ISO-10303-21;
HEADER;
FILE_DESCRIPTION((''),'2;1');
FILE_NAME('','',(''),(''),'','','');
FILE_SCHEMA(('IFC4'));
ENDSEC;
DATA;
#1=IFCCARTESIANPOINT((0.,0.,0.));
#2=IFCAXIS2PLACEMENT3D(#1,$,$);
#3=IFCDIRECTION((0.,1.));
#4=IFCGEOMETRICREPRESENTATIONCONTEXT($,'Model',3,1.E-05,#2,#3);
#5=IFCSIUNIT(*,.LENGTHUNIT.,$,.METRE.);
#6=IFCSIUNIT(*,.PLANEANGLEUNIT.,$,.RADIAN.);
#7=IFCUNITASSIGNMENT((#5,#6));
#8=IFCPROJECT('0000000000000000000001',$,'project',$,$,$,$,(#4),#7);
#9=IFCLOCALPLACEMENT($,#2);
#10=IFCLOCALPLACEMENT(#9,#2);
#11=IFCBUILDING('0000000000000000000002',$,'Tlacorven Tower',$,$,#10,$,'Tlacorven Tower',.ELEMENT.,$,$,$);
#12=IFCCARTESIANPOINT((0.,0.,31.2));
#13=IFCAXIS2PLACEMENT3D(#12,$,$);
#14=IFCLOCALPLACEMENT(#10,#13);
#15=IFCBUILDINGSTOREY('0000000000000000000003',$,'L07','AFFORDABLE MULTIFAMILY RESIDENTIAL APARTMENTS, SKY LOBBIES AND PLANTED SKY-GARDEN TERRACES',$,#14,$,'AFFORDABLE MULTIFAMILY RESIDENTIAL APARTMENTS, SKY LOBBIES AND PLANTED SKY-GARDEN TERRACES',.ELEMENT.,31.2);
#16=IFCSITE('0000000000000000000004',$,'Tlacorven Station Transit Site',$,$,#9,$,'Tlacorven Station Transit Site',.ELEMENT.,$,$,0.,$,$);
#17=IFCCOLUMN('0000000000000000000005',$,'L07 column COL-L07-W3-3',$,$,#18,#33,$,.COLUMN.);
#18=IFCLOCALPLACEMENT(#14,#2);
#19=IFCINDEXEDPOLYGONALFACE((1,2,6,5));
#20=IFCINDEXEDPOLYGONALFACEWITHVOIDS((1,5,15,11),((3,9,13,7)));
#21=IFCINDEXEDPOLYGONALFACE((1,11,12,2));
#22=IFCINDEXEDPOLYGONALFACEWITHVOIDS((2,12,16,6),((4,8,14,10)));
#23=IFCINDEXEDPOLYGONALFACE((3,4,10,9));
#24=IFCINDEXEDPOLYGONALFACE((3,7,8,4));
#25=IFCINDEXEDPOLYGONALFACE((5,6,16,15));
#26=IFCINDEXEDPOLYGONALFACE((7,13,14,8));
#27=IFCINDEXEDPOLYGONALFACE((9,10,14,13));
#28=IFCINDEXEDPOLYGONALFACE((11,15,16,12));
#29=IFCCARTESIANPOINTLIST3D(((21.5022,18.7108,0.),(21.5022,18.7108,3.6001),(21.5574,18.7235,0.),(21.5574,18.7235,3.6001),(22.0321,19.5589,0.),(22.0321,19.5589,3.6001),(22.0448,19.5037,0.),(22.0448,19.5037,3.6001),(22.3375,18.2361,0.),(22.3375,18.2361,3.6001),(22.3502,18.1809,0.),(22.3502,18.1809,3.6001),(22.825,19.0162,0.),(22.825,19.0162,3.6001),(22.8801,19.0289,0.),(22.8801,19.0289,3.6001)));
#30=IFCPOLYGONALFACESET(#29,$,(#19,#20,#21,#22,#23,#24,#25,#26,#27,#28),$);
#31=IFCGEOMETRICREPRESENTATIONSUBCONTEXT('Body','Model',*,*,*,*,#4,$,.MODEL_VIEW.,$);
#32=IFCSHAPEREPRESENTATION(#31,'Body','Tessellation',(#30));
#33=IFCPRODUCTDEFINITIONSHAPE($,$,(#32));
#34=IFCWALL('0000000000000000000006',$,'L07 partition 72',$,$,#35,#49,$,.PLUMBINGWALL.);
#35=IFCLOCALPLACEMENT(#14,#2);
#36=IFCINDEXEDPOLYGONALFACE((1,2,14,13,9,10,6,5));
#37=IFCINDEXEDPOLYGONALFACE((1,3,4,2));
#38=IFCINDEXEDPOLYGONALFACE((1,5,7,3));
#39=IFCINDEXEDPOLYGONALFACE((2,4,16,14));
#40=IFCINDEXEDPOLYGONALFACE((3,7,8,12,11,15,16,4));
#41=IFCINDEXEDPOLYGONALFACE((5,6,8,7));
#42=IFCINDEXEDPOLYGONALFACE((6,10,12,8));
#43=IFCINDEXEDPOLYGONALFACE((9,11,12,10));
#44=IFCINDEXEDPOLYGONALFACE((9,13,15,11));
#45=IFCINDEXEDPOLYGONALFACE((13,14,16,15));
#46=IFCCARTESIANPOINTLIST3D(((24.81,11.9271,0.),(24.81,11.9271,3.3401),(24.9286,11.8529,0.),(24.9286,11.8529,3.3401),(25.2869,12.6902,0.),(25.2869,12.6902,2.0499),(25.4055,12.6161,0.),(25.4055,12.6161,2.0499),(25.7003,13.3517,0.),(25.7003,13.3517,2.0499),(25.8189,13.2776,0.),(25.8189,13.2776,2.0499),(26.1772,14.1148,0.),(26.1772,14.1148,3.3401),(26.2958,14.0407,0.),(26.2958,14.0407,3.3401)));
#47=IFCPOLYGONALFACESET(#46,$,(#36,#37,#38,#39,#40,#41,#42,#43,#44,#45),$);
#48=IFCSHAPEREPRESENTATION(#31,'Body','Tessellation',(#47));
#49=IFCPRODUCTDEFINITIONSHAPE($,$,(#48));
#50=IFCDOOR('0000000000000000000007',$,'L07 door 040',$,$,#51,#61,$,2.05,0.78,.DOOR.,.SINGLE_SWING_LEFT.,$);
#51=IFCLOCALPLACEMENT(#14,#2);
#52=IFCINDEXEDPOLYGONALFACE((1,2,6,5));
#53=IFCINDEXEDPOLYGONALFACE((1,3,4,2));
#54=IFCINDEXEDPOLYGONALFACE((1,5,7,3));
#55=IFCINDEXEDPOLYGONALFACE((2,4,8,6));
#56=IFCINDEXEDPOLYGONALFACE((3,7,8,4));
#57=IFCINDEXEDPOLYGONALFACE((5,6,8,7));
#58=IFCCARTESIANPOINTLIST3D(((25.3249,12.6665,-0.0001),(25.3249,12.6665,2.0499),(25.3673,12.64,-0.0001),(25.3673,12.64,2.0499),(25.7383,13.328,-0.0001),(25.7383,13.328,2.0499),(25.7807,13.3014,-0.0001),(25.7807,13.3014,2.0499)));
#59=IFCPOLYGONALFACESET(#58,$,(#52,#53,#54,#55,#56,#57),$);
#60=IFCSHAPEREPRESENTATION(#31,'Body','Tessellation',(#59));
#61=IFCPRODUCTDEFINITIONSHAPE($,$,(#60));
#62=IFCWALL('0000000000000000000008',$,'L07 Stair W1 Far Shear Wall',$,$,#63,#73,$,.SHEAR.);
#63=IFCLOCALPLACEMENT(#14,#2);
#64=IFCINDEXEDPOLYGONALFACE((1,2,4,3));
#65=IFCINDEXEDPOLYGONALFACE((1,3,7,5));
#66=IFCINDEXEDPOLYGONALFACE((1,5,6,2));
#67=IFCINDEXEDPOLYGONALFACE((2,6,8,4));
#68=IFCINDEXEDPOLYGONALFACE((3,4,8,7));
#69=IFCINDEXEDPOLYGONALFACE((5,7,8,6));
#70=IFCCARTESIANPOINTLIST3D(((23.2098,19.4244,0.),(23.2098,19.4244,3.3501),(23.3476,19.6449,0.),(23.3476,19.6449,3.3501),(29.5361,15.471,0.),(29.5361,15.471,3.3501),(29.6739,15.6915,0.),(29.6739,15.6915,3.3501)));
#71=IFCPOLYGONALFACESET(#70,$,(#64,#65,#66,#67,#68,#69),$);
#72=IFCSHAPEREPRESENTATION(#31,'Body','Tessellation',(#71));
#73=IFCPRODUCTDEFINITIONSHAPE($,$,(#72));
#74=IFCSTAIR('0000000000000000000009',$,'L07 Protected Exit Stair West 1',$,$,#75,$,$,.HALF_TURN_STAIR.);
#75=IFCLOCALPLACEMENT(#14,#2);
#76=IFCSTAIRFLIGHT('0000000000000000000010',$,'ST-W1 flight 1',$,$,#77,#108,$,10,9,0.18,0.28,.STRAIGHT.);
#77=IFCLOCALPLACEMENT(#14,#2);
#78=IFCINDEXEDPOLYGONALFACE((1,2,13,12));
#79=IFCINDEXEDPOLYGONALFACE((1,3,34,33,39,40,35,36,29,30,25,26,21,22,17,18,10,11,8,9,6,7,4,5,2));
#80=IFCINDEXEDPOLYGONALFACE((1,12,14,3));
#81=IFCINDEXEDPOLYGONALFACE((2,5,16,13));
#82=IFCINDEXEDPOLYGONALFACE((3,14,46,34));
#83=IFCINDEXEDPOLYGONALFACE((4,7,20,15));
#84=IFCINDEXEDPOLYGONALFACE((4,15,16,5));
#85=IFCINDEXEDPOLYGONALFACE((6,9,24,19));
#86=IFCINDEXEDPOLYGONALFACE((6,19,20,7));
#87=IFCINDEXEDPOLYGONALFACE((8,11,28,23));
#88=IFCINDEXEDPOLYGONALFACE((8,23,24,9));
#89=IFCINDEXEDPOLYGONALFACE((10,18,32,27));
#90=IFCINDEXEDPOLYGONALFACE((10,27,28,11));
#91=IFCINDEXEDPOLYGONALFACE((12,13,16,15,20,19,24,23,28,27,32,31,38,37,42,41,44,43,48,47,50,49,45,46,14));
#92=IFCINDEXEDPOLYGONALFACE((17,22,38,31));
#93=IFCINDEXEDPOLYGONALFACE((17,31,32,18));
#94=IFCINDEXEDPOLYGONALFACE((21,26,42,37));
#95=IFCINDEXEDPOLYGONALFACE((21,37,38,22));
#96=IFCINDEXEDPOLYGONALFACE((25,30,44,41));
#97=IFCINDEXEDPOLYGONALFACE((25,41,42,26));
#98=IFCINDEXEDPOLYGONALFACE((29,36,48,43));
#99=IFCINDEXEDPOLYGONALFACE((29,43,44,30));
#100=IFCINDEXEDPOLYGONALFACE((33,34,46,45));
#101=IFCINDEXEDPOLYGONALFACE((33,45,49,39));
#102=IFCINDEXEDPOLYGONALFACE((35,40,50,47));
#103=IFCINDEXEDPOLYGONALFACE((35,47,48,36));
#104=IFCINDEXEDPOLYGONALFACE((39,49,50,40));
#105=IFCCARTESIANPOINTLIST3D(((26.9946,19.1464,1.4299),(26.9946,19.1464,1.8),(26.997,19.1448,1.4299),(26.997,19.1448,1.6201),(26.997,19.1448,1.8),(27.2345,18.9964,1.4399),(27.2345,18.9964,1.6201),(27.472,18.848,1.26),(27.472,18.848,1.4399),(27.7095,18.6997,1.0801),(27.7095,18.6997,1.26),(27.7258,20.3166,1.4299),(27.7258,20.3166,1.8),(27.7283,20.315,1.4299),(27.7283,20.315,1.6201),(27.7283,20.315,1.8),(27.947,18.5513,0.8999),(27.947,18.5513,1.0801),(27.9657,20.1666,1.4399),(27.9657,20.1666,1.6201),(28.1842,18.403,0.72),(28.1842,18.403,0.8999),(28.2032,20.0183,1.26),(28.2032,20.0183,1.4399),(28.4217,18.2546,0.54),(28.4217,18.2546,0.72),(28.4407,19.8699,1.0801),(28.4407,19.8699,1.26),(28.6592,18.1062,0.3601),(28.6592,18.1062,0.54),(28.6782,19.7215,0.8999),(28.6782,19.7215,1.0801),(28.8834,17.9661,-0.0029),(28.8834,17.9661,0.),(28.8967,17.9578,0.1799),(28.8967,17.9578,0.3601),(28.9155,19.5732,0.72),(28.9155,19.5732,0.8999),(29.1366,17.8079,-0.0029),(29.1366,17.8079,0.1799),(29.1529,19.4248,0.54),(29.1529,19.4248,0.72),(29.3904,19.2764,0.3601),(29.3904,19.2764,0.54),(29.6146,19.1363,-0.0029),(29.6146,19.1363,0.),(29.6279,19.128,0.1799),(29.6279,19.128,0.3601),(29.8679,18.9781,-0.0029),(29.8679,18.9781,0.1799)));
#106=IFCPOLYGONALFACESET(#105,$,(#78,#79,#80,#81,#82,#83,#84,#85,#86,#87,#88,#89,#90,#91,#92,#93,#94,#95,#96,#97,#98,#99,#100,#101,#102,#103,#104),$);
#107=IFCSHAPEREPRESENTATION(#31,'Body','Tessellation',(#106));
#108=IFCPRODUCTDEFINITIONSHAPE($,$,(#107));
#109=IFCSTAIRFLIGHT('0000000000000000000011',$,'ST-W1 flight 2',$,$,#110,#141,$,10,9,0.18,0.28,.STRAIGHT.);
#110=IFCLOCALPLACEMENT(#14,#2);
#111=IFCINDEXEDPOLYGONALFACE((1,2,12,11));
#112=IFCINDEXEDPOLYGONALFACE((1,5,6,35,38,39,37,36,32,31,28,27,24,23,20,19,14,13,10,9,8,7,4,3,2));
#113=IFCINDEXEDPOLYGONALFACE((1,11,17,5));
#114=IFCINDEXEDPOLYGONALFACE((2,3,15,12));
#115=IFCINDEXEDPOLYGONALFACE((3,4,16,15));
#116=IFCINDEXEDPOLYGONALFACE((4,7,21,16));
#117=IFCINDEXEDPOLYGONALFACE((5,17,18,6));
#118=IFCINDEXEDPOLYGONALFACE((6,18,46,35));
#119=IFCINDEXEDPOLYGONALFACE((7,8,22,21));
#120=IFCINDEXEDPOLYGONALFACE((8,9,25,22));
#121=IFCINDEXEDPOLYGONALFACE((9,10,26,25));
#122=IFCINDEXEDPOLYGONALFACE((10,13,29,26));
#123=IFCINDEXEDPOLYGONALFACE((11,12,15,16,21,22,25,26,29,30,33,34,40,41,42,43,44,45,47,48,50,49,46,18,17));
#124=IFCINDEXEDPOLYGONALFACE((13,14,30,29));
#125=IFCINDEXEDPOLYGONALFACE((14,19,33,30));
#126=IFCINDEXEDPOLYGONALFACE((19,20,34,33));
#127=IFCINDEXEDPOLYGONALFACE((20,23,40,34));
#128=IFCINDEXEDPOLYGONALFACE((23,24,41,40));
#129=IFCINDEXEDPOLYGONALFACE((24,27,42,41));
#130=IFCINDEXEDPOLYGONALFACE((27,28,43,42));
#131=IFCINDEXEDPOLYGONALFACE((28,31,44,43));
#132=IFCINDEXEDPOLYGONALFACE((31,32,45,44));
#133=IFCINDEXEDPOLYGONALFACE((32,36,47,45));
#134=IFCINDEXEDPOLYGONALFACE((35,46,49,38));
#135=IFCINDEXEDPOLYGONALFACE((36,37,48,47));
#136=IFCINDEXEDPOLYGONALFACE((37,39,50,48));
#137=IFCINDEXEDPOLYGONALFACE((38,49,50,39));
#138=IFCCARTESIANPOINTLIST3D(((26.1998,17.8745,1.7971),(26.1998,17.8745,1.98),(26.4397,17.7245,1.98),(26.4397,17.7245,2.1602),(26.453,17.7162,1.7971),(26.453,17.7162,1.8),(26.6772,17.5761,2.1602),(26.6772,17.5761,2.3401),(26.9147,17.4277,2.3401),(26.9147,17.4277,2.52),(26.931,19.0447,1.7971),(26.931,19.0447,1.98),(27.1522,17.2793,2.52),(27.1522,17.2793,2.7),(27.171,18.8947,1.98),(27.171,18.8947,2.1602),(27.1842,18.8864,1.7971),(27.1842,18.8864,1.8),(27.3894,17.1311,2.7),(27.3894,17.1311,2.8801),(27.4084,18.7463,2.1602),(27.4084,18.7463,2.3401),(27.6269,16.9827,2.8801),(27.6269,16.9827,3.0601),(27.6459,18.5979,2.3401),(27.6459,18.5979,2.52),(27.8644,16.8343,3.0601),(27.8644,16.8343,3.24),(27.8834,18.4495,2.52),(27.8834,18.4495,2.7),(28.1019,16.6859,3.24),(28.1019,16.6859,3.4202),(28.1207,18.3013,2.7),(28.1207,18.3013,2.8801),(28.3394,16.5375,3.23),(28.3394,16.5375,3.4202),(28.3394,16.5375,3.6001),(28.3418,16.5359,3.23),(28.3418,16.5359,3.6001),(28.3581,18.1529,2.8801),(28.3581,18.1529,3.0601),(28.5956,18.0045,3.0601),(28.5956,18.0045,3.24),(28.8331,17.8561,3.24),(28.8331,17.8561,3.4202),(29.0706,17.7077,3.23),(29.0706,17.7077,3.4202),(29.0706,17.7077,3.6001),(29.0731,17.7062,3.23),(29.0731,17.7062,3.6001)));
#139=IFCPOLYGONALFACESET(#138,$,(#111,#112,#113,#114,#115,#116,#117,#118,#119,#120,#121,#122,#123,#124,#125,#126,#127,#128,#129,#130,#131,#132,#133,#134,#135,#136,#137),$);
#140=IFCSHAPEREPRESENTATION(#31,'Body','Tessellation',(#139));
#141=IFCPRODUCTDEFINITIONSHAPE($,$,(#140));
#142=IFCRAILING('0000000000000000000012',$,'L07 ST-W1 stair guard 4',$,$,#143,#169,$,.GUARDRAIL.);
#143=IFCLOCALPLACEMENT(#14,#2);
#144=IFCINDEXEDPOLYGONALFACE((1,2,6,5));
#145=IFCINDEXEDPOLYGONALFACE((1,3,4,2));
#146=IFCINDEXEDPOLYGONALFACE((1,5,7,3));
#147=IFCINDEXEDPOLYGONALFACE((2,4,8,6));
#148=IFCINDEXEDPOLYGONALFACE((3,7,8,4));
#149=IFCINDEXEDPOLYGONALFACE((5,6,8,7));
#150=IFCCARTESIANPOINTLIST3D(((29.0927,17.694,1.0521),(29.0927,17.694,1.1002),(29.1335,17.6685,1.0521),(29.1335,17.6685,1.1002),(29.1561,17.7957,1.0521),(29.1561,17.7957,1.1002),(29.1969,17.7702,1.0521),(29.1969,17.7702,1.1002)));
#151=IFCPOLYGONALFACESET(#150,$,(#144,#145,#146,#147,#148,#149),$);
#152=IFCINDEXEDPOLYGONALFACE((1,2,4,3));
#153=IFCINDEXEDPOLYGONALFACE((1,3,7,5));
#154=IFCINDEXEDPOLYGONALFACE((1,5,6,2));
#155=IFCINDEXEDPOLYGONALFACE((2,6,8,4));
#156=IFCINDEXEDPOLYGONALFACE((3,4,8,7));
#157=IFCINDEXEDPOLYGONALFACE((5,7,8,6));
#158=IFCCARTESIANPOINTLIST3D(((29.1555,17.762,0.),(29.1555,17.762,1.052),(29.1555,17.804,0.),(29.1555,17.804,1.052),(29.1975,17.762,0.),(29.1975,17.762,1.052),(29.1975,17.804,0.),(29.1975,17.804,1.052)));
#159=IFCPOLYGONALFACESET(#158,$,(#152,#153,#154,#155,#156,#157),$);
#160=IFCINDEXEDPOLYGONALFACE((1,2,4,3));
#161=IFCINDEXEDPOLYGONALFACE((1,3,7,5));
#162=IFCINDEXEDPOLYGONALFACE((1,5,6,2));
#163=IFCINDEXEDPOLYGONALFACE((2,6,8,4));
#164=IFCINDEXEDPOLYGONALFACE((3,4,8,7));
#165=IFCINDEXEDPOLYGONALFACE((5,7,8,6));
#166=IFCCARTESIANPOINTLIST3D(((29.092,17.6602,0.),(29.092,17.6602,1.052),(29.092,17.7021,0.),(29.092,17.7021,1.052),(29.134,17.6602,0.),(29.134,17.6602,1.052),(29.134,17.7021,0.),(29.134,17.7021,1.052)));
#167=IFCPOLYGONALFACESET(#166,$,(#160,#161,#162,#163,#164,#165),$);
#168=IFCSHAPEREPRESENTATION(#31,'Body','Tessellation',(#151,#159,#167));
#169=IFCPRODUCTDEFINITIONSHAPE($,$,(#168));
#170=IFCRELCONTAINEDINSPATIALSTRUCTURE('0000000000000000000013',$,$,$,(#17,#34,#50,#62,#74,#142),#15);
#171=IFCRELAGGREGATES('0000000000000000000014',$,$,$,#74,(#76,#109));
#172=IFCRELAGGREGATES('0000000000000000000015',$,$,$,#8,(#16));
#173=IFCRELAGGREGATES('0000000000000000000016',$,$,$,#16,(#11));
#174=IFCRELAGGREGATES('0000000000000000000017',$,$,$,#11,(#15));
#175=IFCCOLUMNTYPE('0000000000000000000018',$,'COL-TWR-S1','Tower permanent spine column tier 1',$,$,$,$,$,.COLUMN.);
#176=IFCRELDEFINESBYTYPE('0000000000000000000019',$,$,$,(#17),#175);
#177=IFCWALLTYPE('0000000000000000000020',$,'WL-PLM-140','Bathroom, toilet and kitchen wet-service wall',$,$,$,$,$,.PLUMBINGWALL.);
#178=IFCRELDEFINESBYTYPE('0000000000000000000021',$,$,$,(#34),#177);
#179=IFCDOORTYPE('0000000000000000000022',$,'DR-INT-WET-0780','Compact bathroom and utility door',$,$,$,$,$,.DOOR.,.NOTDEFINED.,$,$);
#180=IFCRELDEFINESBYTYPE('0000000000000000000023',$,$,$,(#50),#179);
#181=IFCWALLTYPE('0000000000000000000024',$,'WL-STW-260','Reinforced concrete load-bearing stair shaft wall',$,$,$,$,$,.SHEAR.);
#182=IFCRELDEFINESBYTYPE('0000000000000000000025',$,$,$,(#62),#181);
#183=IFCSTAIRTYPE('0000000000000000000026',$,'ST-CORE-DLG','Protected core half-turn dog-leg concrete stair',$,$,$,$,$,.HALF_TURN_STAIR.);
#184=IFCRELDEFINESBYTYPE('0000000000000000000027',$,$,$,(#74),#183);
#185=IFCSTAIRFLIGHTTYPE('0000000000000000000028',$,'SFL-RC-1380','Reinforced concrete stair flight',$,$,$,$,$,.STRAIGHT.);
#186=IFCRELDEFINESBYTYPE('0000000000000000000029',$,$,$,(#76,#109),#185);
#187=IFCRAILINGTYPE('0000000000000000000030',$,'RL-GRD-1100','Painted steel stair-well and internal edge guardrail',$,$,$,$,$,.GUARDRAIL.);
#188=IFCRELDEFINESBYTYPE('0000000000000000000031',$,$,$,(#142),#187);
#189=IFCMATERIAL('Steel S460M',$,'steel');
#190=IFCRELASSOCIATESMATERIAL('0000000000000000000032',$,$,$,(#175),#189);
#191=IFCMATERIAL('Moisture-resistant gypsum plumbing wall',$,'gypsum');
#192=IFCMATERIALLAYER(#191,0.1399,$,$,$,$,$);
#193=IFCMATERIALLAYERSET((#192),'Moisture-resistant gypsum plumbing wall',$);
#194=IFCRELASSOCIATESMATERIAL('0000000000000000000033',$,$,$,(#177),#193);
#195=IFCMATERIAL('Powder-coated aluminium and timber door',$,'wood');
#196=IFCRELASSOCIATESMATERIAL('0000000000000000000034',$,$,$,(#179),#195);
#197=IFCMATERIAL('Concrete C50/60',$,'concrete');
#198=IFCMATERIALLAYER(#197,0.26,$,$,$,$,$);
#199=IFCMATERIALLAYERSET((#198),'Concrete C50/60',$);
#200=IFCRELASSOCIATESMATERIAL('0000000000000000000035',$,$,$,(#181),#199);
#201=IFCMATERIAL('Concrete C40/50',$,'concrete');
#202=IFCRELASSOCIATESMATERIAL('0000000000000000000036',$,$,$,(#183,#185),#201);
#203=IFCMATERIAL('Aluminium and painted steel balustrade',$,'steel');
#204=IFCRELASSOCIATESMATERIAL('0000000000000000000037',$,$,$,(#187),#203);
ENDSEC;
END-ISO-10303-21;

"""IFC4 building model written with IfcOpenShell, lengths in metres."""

from ifc_helpers import new_model, si_unit, direction, frame, frame_2d, origin, origin_2d, place, context, subcontext, project, spatial, polyline, rectangle, hollow_rectangle, outline, extrude, source, transform, mapped, material, layer, layer_set, material_profile, profile_set, type_object, element, fill, aggregate, save


model = new_model("IFC4")

# Units and contexts
model_context = context("Model", 3, precision=1e-05, world=origin(), true_north=direction((0.0, 1.0)))
body_context = subcontext(model_context, "Body", "Model", "MODEL_VIEW")
ifc_project = project(units=[si_unit("LENGTHUNIT", "METRE"), si_unit("PLANEANGLEUNIT", "RADIAN")], contexts=[model_context])

# Site, building, storey
site_placement = place(None, origin())
site = spatial("IfcSite", under=ifc_project, at=site_placement, Name="Tlacorven Station Transit Site", LongName="Tlacorven Station Transit Site", CompositionType="ELEMENT", RefElevation=0.0)
building_placement = place(site_placement, origin())
building = spatial("IfcBuilding", under=site, at=building_placement, Name="Tlacorven Tower", LongName="Tlacorven Tower", CompositionType="ELEMENT")
storey_placement = place(building_placement, frame((0.0, 0.0, 31.2)))
storey = spatial("IfcBuildingStorey", under=building, at=storey_placement, Name="L07", Description="AFFORDABLE MULTIFAMILY RESIDENTIAL APARTMENTS, SKY LOBBIES AND PLANTED SKY-GARDEN TERRACES", LongName="AFFORDABLE MULTIFAMILY RESIDENTIAL APARTMENTS, SKY LOBBIES AND PLANTED SKY-GARDEN TERRACES", CompositionType="ELEMENT", Elevation=31.2)

# Column
ifc_material_1 = material(Name="Steel S460M", Category="steel")
ifc_material_profile = material_profile(ifc_material_1, hollow_rectangle(XDim=1.0, YDim=1.0, WallThickness=0.04, at=origin_2d()), Name="BOX 1000X1000X40")
ifc_profile_set = profile_set([ifc_material_profile], Name="Steel S460M")
column_type = type_object("IfcColumnType", Name="COL-TWR-S1", Description="Tower permanent spine column tier 1", PredefinedType="COLUMN", material=ifc_profile_set)
shared_shape_1 = source(origin(), body_context, "Body", "SweptSolid", [
    extrude(hollow_rectangle(XDim=1.0, YDim=1.0, WallThickness=0.04, at=origin_2d()), origin(), (0.0, 0.0, 1.0), 3.6001),
])
column_placement = place(storey_placement, frame((22.1912, 18.8699, 0.0), z_axis=(0.0, 0.0, 1.0), x_axis=(-0.848048, 0.529919, 0.0)))
element("IfcColumn", 1, at=column_placement, inside=storey, type_object=column_type, Name="L07 column COL-L07-W3-3", PredefinedType="COLUMN", context=body_context, shape_type="MappedRepresentation", body=[
    mapped(shared_shape_1, transform((0.0, 0.0, 0.0), scale=1.0)),
])

# Wall, opening, door
ifc_material_2 = material(Name="Moisture-resistant gypsum plumbing wall", Category="gypsum")
ifc_layer_1 = layer(ifc_material_2, 0.1399)
ifc_layer_set_1 = layer_set([ifc_layer_1], Name="Moisture-resistant gypsum plumbing wall")
wall_type_1 = type_object("IfcWallType", Name="WL-PLM-140", Description="Bathroom, toilet and kitchen wet-service wall", PredefinedType="PLUMBINGWALL", material=ifc_layer_set_1)
wall_1_placement = place(storey_placement, frame((26.2366, 14.0779, 0.0), z_axis=(0.0, 0.0, 1.0), x_axis=(-0.529956, -0.848025, 0.0)))
wall_1 = element("IfcWall", 2, at=wall_1_placement, inside=storey, type_object=wall_type_1, Name="L07 partition 72", PredefinedType="PLUMBINGWALL", context=body_context, shape_type="SweptSolid", body=[
    extrude(rectangle(XDim=2.5798, YDim=0.1399, at=frame_2d((1.29, 0.0))), origin(), (0.0, 0.0, 1.0), 3.3401),
])
opening_placement = place(wall_1_placement, frame((0.8999, 0.0, 0.0)))
opening = element("IfcOpeningElement", 3, at=opening_placement, cuts=wall_1, PredefinedType="OPENING", context=body_context, shape_type="SweptSolid", body=[
    extrude(rectangle(XDim=0.78, YDim=2.05, at=frame_2d((0.3901, 1.0249))), frame((0.0, 0.0801, 0.0), z_axis=(0.0, -1.0, 0.0), x_axis=(1.0, 0.0, 0.0)), (0.0, 0.0, 1.0), 0.1599),
])
ifc_material_3 = material(Name="Powder-coated aluminium and timber door", Category="wood")
door_type = type_object("IfcDoorType", Name="DR-INT-WET-0780", Description="Compact bathroom and utility door", OperationType="NOTDEFINED", PredefinedType="DOOR", material=ifc_material_3)
shared_shape_2 = source(origin(), body_context, "Body", "SweptSolid", [
    extrude(rectangle(XDim=0.78, YDim=2.05, at=frame_2d((0.3901, 1.0249))), frame((0.0, 0.0249, 0.0), z_axis=(0.0, -1.0, 0.0), x_axis=(1.0, 0.0, 0.0)), (0.0, 0.0, 1.0), 0.05),
])
door_placement = place(opening_placement, origin())
door = element("IfcDoor", 4, at=door_placement, inside=storey, type_object=door_type, Name="L07 door 040", OperationType="SINGLE_SWING_LEFT", OverallHeight=2.05, OverallWidth=0.78, PredefinedType="DOOR", context=body_context, shape_type="MappedRepresentation", body=[
    mapped(shared_shape_2, transform((0.0, 0.0, 0.0), scale=1.0)),
])
fill(opening, door)

# Wall
ifc_material_4 = material(Name="Concrete C50/60", Category="concrete")
ifc_layer_2 = layer(ifc_material_4, 0.26)
ifc_layer_set_2 = layer_set([ifc_layer_2], Name="Concrete C50/60")
wall_type_2 = type_object("IfcWallType", Name="WL-STW-260", Description="Reinforced concrete load-bearing stair shaft wall", PredefinedType="SHEAR", material=ifc_layer_set_2)
wall_2_placement = place(storey_placement, frame((29.605, 15.5813, 0.0), z_axis=(0.0, 0.0, 1.0), x_axis=(-0.848037, 0.529937, 0.0)))
element("IfcWall", 5, at=wall_2_placement, inside=storey, type_object=wall_type_2, Name="L07 Stair W1 Far Shear Wall", PredefinedType="SHEAR", context=body_context, shape_type="SweptSolid", body=[
    extrude(rectangle(XDim=7.46, YDim=0.26, at=frame_2d((3.73, 0.0))), origin(), (0.0, 0.0, 1.0), 3.3501),
])

# Stair, stair flights
ifc_material_5 = material(Name="Concrete C40/50", Category="concrete")
stair_type = type_object("IfcStairType", Name="ST-CORE-DLG", Description="Protected core half-turn dog-leg concrete stair", PredefinedType="HALF_TURN_STAIR", material=ifc_material_5)
stair_placement = place(storey_placement, origin())
stair = element("IfcStair", 6, at=stair_placement, inside=storey, type_object=stair_type, Name="L07 Protected Exit Stair West 1", PredefinedType="HALF_TURN_STAIR")
stair_flight_type = type_object("IfcStairFlightType", Name="SFL-RC-1380", Description="Reinforced concrete stair flight", PredefinedType="STRAIGHT", material=ifc_material_5)
shared_shape_3 = source(origin(), body_context, "Body", "SweptSolid", [
    extrude(outline(polyline([(-0.0029, -0.0029), (-0.0029, 0.1799), (0.28, 0.1799), (0.28, 0.3601), (0.5601, 0.3601), (0.5601, 0.54), (0.8401, 0.54), (0.8401, 0.72), (1.1201, 0.72), (1.1201, 0.8999), (1.3999, 0.8999), (1.3999, 1.0801), (1.6799, 1.0801), (1.6799, 1.26), (1.96, 1.26), (1.96, 1.4399), (2.24, 1.4399), (2.24, 1.6201), (2.52, 1.6201), (2.52, 1.8), (2.5229, 1.8), (2.5229, 1.4299), (2.52, 1.4299), (0.2957, 0.0), (0.2957, -0.0029), (-0.0029, -0.0029)])), frame((0.0, 0.6899, 0.0), z_axis=(0.0, -1.0, 0.0), x_axis=(1.0, 0.0, 0.0)), (0.0, 0.0, 1.0), 1.3799),
])
stair_flight_1_placement = place(storey_placement, frame((29.4998, 18.3945, 0.0), z_axis=(0.0, 0.0, 1.0), x_axis=(-0.848048, 0.529919, 0.0)))
stair_flight_1 = element("IfcStairFlight", 7, at=stair_flight_1_placement, type_object=stair_flight_type, Name="ST-W1 flight 1", NumberOfRisers=10, NumberOfTreads=9, PredefinedType="STRAIGHT", RiserHeight=0.18, TreadLength=0.28, context=body_context, shape_type="MappedRepresentation", body=[
    mapped(shared_shape_3, transform((0.0, 0.0, 0.0), scale=1.0)),
])
stair_flight_2_placement = place(storey_placement, frame((26.5679, 18.458, 1.8), z_axis=(0.0, 0.0, 1.0), x_axis=(0.848048, -0.529919, 0.0)))
stair_flight_2 = element("IfcStairFlight", 8, at=stair_flight_2_placement, type_object=stair_flight_type, Name="ST-W1 flight 2", NumberOfRisers=10, NumberOfTreads=9, PredefinedType="STRAIGHT", RiserHeight=0.18, TreadLength=0.28, context=body_context, shape_type="MappedRepresentation", body=[
    mapped(shared_shape_3, transform((0.0, 0.0, 0.0), scale=1.0)),
])
aggregate(stair, [stair_flight_1, stair_flight_2])

# Railing
ifc_material_6 = material(Name="Aluminium and painted steel balustrade", Category="steel")
railing_type_1 = type_object("IfcRailingType", Name="RL-GRD-1100", Description="Painted steel stair-well and internal edge guardrail", PredefinedType="GUARDRAIL", material=ifc_material_6)
shared_shape_4 = source(origin(), body_context, "Body", "SweptSolid", [
    extrude(rectangle(XDim=0.0481, YDim=0.0481, at=origin_2d()), frame((0.0, 0.0, 1.0762), z_axis=(-0.529084, -0.848569, 0.0), x_axis=(0.848569, -0.529084, 0.0)), (0.0, 0.0, 1.0), 0.1199),
    extrude(rectangle(XDim=0.042, YDim=0.042, at=origin_2d()), origin(), (0.0, 0.0, 1.0), 1.052),
    extrude(rectangle(XDim=0.042, YDim=0.042, at=origin_2d()), frame((-0.0635, -0.1018, 0.0)), (0.0, 0.0, 1.0), 1.052),
])
railing_1_placement = place(storey_placement, frame((29.1765, 17.783, 0.0)))
element("IfcRailing", 9, at=railing_1_placement, inside=storey, type_object=railing_type_1, Name="L07 ST-W1 stair guard 4", PredefinedType="GUARDRAIL", context=body_context, shape_type="MappedRepresentation", body=[
    mapped(shared_shape_4, transform((0.0, 0.0, 0.0), scale=1.0)),
])

save(model, "model.ifc")
